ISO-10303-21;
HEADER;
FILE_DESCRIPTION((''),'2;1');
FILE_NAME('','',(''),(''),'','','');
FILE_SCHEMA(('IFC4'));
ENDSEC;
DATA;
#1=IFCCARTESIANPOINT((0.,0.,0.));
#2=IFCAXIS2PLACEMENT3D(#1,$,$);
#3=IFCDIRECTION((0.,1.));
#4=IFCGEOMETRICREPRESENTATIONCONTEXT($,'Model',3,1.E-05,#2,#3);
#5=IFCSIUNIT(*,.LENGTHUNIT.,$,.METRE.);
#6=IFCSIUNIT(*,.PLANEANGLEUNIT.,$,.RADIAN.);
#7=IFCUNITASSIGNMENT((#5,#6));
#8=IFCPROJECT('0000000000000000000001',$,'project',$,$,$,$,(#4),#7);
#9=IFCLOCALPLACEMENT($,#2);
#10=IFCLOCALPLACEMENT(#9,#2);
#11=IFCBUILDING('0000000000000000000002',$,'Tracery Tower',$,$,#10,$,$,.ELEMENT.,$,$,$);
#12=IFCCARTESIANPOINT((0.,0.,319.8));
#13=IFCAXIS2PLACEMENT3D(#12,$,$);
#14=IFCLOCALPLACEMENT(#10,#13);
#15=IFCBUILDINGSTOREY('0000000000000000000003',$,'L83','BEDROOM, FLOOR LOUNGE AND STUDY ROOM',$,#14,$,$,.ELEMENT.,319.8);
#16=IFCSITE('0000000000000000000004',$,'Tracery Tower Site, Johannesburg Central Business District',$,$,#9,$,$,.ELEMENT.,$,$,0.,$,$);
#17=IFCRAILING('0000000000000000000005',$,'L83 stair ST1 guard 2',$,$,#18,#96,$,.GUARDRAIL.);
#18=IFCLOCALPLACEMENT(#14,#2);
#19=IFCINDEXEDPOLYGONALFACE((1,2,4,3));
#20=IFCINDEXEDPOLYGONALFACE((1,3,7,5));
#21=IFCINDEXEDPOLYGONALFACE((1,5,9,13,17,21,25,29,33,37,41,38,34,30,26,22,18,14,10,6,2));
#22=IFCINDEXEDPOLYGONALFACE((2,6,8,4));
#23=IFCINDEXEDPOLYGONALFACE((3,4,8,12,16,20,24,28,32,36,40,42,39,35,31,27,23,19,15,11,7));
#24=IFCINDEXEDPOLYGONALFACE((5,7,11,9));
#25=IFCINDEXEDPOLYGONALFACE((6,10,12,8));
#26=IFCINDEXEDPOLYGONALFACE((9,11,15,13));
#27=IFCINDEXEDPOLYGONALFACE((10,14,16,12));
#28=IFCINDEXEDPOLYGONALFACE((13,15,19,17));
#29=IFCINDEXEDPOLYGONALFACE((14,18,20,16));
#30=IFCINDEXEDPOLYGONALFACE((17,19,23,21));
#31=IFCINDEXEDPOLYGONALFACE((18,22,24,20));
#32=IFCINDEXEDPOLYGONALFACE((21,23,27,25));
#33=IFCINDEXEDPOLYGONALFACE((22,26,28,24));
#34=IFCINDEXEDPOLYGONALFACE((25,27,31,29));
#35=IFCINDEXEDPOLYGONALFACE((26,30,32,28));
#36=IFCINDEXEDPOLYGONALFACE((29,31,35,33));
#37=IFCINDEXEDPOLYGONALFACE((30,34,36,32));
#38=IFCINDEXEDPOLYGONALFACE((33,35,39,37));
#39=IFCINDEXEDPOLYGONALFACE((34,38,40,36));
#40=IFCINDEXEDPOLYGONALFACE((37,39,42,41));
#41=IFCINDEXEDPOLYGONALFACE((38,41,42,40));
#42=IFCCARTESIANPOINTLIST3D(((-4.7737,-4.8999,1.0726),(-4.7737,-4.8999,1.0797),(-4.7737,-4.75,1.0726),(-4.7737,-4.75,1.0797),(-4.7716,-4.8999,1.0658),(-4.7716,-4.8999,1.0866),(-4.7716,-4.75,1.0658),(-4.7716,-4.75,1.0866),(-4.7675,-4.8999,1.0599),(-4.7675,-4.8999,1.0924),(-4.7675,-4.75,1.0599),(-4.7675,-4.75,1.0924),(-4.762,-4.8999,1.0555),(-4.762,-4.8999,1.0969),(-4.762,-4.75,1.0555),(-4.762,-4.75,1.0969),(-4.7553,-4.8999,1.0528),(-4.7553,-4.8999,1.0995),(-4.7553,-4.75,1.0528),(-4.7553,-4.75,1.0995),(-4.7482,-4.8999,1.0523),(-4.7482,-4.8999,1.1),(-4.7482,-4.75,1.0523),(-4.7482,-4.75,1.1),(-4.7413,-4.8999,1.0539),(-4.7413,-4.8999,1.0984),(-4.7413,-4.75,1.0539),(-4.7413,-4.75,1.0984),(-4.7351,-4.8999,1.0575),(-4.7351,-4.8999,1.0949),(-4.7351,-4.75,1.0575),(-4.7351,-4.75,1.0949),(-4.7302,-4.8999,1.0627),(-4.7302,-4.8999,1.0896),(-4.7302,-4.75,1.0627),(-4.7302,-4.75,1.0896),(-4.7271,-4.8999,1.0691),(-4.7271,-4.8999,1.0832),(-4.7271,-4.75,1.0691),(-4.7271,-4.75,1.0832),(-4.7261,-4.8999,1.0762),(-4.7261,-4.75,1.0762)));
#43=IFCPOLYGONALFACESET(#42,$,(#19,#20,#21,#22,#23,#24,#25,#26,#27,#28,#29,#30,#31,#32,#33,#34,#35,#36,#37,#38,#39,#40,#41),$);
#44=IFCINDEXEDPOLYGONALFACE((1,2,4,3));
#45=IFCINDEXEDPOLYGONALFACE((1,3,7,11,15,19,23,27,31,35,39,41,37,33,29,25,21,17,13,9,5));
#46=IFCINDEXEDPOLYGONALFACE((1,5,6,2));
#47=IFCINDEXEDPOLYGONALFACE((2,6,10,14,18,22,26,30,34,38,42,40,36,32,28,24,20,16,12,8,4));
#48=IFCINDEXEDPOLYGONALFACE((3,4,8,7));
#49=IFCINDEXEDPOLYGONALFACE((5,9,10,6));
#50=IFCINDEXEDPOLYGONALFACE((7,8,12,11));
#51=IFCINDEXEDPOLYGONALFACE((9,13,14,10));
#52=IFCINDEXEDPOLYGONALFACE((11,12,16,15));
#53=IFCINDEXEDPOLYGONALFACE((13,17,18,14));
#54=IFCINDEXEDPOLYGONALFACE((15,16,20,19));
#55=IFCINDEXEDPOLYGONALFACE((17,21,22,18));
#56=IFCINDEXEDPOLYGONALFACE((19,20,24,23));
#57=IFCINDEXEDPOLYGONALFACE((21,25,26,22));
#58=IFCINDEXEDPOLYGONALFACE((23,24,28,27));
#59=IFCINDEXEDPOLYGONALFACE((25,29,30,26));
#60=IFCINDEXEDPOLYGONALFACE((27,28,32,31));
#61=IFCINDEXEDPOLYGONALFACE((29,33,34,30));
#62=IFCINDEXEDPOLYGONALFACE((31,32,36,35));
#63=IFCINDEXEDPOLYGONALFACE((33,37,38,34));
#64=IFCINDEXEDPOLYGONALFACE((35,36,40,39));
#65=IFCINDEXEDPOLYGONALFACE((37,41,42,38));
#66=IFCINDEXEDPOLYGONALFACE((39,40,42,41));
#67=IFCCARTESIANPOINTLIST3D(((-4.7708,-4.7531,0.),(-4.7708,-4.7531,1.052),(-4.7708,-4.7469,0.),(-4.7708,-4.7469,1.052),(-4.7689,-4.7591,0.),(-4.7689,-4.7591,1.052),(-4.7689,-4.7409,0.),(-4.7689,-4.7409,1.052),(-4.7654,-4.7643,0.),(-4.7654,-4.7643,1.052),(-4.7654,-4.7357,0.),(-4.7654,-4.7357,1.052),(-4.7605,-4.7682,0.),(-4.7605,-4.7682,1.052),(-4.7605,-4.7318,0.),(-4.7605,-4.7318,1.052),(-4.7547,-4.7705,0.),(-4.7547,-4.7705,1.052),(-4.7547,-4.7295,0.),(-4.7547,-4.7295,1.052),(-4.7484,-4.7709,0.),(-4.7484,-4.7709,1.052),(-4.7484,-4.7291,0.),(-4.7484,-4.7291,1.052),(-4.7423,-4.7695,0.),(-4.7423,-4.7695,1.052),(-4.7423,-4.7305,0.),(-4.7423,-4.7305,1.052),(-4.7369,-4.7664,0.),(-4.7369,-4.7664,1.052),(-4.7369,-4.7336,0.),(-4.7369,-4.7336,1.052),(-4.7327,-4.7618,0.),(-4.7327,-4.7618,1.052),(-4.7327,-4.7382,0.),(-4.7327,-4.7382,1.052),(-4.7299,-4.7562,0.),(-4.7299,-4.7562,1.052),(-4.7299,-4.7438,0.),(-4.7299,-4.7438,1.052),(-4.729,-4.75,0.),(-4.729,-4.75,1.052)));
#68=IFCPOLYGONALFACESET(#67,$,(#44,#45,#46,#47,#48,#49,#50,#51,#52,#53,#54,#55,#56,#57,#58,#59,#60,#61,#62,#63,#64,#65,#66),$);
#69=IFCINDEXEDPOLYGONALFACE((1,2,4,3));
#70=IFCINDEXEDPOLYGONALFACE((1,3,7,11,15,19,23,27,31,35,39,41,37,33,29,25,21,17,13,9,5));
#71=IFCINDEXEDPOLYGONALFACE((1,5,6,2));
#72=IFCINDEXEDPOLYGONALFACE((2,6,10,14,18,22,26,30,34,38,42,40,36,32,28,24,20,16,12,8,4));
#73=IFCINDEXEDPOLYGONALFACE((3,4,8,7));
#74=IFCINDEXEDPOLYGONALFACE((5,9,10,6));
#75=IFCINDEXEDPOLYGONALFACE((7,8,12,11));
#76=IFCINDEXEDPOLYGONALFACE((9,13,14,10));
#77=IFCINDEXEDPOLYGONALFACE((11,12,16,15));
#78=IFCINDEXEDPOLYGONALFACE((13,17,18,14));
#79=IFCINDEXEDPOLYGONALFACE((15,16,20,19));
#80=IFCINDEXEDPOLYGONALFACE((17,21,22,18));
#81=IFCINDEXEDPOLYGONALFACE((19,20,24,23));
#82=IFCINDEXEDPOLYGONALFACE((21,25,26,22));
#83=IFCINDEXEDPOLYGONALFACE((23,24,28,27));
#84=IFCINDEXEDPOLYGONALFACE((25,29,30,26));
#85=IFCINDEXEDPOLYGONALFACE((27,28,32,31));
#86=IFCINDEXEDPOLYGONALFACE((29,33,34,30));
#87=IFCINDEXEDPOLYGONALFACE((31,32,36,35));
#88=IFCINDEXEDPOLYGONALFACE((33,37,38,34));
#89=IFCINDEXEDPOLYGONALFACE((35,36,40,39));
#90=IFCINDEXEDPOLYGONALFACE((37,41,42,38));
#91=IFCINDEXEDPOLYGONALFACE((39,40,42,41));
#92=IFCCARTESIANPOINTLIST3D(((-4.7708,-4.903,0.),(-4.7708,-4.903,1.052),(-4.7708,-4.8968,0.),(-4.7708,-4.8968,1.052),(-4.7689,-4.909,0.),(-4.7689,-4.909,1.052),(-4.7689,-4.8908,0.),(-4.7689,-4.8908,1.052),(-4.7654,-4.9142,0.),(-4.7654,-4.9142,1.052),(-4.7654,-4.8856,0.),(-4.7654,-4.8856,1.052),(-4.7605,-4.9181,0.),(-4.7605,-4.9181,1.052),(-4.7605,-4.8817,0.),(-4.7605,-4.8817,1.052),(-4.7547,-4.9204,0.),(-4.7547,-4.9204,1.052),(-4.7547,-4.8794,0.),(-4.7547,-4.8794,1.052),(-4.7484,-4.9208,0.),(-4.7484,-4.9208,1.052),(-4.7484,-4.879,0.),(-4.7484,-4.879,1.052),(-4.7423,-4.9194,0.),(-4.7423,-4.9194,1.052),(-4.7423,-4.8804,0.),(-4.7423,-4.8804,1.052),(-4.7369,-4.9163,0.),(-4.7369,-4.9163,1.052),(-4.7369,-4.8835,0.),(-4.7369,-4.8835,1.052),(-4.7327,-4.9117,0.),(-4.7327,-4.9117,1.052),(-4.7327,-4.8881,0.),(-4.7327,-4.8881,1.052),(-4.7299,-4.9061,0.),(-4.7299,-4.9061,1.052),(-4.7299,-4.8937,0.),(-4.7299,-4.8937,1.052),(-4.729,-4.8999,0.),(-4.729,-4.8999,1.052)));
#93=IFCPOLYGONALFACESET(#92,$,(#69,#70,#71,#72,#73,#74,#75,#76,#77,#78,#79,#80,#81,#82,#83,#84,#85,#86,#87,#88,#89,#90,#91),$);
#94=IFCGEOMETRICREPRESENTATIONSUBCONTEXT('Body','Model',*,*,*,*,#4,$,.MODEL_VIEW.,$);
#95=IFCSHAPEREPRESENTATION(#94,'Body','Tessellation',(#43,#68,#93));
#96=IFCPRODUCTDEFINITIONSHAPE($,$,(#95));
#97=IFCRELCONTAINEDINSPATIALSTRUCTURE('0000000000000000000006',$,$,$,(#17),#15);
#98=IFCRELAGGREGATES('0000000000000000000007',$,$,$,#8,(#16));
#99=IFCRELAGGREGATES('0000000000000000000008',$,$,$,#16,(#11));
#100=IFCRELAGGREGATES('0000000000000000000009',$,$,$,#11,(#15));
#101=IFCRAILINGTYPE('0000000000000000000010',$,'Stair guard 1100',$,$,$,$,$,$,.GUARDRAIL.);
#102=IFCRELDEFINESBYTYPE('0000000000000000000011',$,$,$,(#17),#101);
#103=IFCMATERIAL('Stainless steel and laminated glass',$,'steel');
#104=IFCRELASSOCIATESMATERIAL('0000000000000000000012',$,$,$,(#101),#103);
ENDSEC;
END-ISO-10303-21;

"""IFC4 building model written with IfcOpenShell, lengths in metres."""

from ifc_helpers import new_model, si_unit, direction, frame, origin, origin_2d, place, context, subcontext, project, spatial, circle, extrude, material, type_object, element, save


model = new_model("IFC4")

# Units and contexts
model_context = context("Model", 3, precision=1e-05, world=origin(), true_north=direction((0.0, 1.0)))
body_context = subcontext(model_context, "Body", "Model", "MODEL_VIEW")
ifc_project = project(units=[si_unit("LENGTHUNIT", "METRE"), si_unit("PLANEANGLEUNIT", "RADIAN")], contexts=[model_context])

# Site, building, storey
site_placement = place(None, origin())
site = spatial("IfcSite", under=ifc_project, at=site_placement, Name="Tracery Tower Site, Johannesburg Central Business District", CompositionType="ELEMENT", RefElevation=0.0)
building_placement = place(site_placement, origin())
building = spatial("IfcBuilding", under=site, at=building_placement, Name="Tracery Tower", CompositionType="ELEMENT")
storey_placement = place(building_placement, frame((0.0, 0.0, 319.8)))
storey = spatial("IfcBuildingStorey", under=building, at=storey_placement, Name="L83", Description="BEDROOM, FLOOR LOUNGE AND STUDY ROOM", CompositionType="ELEMENT", Elevation=319.8)

# Railing
ifc_material_1 = material(Name="Stainless steel and laminated glass", Category="steel")
railing_type_1 = type_object("IfcRailingType", Name="Stair guard 1100", PredefinedType="GUARDRAIL", material=ifc_material_1)
railing_1_placement = place(storey_placement, frame((-4.75, -4.75, 0.0)))
element("IfcRailing", 1, at=railing_1_placement, inside=storey, type_object=railing_type_1, Name="L83 stair ST1 guard 2", PredefinedType="GUARDRAIL", context=body_context, shape_type="SweptSolid", body=[
    extrude(circle(Radius=0.0239, at=origin_2d()), frame((0.0, 0.0, 1.0762), z_axis=(0.0, -1.0, 0.0), x_axis=(1.0, 0.0, 0.0)), (0.0, 0.0, 1.0), 0.1499),
    extrude(circle(Radius=0.021, at=origin_2d()), origin(), (0.0, 0.0, 1.0), 1.052),
    extrude(circle(Radius=0.021, at=origin_2d()), frame((0.0, -0.1499, 0.0)), (0.0, 0.0, 1.0), 1.052),
])

save(model, "model.ifc")
